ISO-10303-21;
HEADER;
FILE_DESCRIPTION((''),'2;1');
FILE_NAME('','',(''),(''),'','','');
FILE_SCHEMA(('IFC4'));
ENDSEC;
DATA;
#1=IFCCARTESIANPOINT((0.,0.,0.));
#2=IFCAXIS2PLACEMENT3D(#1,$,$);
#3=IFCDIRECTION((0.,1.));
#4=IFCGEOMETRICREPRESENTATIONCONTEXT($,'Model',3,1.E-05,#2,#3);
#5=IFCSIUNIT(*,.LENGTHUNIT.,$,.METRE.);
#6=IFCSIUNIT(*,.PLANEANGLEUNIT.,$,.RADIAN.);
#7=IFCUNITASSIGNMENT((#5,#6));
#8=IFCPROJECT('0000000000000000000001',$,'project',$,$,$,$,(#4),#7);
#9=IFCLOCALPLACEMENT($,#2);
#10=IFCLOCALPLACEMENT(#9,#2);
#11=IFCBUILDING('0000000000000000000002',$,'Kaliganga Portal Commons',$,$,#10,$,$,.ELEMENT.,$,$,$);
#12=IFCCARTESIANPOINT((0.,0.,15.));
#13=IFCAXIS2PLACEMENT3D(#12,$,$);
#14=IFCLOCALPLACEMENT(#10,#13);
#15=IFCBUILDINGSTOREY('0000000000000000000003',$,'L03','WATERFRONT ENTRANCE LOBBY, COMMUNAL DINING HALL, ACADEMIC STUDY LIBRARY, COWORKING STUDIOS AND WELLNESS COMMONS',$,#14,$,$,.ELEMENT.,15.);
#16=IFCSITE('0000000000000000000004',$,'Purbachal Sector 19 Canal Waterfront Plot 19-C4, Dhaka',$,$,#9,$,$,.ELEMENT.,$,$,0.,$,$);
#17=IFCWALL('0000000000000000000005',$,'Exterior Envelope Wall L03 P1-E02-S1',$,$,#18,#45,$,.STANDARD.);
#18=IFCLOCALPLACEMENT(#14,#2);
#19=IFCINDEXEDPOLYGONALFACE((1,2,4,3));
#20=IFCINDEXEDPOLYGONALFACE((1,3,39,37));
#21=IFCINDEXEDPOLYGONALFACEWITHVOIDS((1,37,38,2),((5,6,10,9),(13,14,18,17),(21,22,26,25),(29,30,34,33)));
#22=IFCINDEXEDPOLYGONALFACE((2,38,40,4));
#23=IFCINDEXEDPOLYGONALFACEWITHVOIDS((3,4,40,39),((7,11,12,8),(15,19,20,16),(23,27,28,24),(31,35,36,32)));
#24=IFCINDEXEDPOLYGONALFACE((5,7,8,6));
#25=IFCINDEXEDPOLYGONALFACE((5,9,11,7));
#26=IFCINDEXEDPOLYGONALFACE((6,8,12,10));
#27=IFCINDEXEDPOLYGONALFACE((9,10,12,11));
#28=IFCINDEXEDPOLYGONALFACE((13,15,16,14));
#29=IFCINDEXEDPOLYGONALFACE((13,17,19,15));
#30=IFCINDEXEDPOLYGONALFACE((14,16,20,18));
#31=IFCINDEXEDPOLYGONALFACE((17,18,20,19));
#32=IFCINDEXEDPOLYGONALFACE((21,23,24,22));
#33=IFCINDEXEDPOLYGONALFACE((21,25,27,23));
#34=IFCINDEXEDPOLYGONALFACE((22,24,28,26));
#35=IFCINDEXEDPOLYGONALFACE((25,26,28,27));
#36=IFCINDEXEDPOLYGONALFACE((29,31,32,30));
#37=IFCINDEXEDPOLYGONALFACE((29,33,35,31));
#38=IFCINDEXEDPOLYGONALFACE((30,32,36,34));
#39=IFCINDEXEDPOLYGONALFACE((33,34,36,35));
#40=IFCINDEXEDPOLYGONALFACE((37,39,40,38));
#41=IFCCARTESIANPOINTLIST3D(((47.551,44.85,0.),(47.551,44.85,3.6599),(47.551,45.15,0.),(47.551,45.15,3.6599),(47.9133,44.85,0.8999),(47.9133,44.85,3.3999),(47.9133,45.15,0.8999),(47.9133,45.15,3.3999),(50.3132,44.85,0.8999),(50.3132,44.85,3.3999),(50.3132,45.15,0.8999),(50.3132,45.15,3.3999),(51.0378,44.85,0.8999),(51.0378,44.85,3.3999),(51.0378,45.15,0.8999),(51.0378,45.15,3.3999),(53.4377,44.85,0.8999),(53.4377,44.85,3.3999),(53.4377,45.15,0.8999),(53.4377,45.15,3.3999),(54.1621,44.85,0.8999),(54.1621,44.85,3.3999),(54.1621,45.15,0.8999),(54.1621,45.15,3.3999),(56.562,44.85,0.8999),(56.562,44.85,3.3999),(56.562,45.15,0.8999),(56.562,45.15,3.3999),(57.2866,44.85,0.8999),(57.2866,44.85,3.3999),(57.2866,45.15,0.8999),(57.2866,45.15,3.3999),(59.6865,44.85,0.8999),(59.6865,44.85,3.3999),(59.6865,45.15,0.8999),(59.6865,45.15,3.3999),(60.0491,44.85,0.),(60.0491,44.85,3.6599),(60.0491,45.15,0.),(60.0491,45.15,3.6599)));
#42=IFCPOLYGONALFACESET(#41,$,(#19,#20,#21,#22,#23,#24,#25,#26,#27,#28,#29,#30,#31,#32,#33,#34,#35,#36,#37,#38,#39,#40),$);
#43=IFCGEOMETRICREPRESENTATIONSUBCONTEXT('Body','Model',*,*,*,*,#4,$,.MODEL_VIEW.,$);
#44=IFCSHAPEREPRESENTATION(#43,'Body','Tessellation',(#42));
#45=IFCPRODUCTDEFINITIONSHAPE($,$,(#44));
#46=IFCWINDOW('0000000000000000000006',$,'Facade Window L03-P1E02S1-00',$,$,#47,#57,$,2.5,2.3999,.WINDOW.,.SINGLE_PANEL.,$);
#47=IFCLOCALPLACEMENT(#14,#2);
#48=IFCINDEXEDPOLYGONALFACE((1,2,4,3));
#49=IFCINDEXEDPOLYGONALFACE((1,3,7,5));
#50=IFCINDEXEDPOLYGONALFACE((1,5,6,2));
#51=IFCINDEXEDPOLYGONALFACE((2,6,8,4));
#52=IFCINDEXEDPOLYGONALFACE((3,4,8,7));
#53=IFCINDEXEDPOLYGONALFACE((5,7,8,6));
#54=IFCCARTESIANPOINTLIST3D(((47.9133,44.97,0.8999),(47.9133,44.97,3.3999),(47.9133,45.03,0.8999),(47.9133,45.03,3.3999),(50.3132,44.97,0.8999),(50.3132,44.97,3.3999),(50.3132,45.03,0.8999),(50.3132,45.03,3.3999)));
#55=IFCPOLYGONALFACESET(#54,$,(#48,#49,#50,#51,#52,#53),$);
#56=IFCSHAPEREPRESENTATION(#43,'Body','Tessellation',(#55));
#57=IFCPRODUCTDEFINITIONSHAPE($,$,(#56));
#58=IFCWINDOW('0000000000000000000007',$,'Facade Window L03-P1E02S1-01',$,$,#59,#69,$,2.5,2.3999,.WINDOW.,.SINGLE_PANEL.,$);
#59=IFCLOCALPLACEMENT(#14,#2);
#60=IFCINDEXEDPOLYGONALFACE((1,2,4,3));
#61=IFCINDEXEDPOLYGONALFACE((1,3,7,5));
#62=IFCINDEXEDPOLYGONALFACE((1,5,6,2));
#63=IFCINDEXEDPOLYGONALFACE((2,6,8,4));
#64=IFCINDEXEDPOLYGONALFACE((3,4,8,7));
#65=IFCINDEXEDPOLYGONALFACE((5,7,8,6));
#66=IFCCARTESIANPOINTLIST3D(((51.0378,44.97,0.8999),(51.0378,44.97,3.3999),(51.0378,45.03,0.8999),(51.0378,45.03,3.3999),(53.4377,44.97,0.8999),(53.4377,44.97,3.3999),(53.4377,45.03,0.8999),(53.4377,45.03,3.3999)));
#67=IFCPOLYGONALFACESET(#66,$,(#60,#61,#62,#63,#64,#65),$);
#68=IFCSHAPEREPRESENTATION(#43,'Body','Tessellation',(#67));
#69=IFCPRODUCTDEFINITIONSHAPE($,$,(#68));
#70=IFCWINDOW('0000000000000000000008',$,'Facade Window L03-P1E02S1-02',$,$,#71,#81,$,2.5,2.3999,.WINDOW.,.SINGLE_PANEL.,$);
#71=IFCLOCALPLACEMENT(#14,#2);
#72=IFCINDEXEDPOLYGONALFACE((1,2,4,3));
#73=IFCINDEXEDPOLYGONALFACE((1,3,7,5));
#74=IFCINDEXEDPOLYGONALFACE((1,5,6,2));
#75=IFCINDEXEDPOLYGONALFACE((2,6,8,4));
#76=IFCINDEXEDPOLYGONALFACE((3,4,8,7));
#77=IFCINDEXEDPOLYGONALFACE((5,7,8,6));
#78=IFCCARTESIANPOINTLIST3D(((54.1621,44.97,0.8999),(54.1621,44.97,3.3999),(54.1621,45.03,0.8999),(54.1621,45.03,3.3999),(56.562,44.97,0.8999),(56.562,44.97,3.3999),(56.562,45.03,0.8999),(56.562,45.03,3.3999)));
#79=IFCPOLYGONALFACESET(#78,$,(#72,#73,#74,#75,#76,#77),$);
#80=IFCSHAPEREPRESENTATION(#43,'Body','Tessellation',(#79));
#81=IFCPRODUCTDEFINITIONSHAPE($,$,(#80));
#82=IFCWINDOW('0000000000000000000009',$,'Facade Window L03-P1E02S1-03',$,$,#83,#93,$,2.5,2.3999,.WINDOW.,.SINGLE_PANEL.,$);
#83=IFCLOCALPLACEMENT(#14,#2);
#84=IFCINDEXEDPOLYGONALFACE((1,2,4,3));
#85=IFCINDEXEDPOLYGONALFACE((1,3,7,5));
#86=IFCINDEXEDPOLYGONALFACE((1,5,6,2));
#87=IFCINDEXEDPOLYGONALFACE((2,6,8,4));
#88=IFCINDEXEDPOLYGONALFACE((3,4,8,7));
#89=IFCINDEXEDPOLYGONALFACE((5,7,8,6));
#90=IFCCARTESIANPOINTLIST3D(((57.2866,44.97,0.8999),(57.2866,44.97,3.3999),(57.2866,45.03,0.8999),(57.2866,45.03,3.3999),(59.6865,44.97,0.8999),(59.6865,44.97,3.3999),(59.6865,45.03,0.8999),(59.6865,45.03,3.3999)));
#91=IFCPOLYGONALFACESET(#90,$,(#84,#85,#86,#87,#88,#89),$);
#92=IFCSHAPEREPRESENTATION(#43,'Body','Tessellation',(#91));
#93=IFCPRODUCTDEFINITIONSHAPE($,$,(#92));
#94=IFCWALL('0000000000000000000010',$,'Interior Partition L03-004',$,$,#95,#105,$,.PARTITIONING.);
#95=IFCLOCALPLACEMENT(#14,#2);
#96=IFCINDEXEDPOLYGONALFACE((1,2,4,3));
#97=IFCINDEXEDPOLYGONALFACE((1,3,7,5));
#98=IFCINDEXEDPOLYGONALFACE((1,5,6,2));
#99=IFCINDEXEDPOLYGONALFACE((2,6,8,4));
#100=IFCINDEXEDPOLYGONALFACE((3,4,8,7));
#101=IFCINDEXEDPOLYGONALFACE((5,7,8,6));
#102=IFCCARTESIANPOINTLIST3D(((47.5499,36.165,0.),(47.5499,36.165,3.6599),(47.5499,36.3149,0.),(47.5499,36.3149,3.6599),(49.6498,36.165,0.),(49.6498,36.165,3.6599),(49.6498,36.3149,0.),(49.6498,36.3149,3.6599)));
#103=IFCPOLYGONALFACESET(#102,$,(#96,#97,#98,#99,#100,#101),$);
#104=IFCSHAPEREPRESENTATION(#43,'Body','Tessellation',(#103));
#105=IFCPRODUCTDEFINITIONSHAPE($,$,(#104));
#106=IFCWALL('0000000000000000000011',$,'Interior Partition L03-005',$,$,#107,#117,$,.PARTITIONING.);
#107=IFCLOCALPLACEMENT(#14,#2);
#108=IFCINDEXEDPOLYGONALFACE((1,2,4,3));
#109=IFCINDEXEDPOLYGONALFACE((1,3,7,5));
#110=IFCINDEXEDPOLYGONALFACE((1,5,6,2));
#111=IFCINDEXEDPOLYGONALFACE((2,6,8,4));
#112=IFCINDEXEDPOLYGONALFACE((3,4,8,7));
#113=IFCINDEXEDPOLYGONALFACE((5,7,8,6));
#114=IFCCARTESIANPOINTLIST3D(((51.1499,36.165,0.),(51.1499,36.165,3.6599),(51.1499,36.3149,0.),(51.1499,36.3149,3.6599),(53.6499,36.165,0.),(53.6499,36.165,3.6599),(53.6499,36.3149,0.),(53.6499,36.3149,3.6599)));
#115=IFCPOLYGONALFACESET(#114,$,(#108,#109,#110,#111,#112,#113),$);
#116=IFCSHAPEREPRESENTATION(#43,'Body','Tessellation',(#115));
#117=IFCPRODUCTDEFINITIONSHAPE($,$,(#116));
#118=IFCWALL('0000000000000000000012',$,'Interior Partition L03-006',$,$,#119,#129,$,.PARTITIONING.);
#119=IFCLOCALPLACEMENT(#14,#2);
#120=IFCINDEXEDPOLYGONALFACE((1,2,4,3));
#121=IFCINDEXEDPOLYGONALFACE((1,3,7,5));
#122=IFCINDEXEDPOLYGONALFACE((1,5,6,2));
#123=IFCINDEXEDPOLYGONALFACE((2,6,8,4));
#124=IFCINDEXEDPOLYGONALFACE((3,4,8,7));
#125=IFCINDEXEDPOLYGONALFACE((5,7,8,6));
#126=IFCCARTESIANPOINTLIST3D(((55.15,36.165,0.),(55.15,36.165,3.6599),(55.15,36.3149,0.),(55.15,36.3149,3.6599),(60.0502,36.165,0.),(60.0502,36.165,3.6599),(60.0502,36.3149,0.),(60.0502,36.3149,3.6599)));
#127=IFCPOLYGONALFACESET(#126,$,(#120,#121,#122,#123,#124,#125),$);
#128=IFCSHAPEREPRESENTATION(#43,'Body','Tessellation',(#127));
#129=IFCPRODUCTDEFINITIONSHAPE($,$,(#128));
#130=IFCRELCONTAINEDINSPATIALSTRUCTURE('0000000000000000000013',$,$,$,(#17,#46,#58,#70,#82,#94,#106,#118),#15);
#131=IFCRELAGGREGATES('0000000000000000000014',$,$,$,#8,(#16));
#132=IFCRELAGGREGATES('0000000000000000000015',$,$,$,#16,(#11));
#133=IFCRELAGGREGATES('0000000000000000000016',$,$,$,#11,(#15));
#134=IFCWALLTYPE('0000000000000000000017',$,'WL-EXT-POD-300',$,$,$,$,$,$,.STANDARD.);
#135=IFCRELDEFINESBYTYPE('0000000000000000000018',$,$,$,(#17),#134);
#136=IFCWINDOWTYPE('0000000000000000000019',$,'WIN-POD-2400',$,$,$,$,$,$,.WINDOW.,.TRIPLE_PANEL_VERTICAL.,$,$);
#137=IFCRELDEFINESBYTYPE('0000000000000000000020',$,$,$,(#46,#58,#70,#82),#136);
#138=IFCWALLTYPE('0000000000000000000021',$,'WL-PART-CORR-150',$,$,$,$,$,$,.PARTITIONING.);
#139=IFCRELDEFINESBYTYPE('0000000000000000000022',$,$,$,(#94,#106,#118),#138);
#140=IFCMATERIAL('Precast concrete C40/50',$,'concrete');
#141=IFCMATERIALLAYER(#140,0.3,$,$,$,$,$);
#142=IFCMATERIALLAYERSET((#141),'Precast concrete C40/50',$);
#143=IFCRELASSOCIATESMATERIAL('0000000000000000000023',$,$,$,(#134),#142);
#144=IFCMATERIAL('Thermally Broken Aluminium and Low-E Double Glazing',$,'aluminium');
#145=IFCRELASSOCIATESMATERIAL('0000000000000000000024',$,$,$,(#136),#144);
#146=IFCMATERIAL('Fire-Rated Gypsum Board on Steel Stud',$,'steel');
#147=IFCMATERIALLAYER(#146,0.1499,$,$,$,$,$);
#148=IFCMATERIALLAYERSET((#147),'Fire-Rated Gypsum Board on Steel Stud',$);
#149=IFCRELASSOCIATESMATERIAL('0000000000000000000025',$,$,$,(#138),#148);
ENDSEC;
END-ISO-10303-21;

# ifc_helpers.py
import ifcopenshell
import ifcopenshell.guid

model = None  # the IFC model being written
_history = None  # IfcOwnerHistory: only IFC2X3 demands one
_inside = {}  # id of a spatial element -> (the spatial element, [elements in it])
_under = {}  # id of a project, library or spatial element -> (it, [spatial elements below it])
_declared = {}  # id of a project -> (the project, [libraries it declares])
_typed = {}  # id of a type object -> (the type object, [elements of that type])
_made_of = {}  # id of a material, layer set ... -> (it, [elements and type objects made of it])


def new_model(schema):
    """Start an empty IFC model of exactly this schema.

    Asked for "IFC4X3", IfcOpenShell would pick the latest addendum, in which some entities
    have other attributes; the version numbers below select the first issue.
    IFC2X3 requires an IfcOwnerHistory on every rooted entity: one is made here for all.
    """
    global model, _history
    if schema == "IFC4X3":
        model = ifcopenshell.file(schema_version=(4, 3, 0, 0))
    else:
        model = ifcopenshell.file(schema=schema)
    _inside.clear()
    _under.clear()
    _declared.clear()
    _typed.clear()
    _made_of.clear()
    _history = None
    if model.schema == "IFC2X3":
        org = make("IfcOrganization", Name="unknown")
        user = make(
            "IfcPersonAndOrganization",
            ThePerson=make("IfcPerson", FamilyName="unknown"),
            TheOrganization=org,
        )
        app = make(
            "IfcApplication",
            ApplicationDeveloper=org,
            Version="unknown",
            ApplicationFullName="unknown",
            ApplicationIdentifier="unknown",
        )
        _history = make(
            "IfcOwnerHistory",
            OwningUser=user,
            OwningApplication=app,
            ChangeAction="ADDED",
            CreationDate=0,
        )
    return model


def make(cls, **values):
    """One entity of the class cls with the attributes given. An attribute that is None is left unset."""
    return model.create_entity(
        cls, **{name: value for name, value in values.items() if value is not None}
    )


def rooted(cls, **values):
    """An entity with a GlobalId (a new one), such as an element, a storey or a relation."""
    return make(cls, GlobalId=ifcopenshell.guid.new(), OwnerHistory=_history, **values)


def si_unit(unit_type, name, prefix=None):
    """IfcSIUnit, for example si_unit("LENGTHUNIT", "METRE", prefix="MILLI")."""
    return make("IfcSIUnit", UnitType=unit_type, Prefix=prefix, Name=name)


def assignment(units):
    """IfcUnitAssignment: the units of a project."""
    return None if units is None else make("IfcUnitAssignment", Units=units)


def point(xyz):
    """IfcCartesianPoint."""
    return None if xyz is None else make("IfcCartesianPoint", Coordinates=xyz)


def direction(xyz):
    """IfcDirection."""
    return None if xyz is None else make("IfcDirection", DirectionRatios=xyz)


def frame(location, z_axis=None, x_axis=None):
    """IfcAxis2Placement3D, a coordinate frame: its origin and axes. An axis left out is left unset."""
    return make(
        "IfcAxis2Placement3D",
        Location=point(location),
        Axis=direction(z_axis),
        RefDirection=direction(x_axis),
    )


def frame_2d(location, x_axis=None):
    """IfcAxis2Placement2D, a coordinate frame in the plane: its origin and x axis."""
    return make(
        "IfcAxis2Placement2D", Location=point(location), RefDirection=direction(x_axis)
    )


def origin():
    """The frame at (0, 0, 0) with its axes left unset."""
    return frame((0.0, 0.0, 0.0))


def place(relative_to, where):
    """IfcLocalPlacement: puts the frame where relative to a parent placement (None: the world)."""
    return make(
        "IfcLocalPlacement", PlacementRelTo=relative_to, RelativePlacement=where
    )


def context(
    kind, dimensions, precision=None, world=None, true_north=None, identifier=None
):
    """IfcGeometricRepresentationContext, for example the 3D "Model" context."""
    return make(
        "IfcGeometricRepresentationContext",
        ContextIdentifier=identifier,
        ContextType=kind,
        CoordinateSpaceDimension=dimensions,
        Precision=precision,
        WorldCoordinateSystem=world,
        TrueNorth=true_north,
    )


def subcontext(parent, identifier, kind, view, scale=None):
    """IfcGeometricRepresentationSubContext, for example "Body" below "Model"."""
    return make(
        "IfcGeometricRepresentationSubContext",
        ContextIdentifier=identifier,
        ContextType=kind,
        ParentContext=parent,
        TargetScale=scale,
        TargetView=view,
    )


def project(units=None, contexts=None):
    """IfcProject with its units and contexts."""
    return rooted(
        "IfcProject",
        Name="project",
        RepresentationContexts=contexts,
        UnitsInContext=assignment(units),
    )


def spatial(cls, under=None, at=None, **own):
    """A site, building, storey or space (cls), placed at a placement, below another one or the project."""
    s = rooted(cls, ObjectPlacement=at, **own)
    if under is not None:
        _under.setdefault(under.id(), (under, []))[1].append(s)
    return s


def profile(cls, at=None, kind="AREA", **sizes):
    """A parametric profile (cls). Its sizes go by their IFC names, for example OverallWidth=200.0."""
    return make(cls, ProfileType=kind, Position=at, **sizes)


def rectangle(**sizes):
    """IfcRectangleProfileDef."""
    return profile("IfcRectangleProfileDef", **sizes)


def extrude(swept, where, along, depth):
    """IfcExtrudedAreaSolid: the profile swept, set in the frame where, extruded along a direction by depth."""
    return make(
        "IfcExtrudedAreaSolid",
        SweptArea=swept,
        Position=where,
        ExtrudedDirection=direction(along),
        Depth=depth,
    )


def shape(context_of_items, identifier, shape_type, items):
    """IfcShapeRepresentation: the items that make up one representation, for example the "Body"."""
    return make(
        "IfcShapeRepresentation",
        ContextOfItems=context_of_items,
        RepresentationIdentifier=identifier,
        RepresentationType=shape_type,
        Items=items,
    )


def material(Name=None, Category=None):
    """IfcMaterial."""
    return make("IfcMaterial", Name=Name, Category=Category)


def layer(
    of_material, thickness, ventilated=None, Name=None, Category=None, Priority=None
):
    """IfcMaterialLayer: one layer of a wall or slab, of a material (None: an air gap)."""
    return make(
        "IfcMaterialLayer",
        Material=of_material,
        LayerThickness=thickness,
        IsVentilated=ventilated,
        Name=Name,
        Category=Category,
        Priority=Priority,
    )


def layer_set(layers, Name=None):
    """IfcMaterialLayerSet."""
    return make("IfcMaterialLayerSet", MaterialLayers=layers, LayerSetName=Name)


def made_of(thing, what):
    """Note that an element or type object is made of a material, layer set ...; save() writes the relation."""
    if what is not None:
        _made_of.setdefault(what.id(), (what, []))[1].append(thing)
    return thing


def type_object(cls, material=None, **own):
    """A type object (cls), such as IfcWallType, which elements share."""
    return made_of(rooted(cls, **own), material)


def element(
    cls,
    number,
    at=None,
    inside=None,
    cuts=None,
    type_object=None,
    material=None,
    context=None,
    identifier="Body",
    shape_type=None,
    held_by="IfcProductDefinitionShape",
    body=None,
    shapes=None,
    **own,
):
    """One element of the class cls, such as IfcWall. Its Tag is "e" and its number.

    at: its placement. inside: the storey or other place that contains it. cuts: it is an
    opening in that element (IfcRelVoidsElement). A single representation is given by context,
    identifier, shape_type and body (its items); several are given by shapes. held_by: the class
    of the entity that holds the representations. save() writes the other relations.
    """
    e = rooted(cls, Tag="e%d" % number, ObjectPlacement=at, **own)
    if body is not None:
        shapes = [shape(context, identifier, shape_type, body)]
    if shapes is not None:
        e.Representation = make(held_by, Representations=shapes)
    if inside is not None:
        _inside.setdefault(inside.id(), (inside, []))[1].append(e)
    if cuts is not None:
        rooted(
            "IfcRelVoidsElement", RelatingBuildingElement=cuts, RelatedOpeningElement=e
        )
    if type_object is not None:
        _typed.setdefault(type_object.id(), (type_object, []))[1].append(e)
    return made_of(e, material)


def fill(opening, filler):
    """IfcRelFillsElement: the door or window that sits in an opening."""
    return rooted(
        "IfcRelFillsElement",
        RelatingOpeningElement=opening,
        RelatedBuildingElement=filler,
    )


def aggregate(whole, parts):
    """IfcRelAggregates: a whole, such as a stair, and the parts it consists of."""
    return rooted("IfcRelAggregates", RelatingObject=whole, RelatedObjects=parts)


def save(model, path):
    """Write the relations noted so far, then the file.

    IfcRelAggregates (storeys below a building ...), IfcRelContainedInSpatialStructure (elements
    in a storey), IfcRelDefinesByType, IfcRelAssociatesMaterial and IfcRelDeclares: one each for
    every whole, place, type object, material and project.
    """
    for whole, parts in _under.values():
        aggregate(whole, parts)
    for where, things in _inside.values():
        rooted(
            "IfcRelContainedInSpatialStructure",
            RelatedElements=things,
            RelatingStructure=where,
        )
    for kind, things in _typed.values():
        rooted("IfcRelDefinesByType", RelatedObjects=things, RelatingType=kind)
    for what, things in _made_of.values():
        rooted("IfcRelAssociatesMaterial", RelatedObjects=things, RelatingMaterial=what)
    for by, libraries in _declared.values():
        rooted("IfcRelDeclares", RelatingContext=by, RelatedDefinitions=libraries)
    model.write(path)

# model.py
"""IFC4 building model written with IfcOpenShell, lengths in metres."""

from ifc_helpers import new_model, si_unit, direction, frame, frame_2d, origin, place, context, subcontext, project, spatial, rectangle, extrude, material, layer, layer_set, type_object, element, fill, save


model = new_model("IFC4")

# Units and contexts
model_context = context("Model", 3, precision=1e-05, world=origin(), true_north=direction((0.0, 1.0)))
body_context = subcontext(model_context, "Body", "Model", "MODEL_VIEW")
ifc_project = project(units=[si_unit("LENGTHUNIT", "METRE"), si_unit("PLANEANGLEUNIT", "RADIAN")], contexts=[model_context])

# Site, building, storey
site_placement = place(None, origin())
site = spatial("IfcSite", under=ifc_project, at=site_placement, Name="Purbachal Sector 19 Canal Waterfront Plot 19-C4, Dhaka", CompositionType="ELEMENT", RefElevation=0.0)
building_placement = place(site_placement, origin())
building = spatial("IfcBuilding", under=site, at=building_placement, Name="Kaliganga Portal Commons", CompositionType="ELEMENT")
storey_placement = place(building_placement, frame((0.0, 0.0, 15.0)))
storey = spatial("IfcBuildingStorey", under=building, at=storey_placement, Name="L03", Description="WATERFRONT ENTRANCE LOBBY, COMMUNAL DINING HALL, ACADEMIC STUDY LIBRARY, COWORKING STUDIOS AND WELLNESS COMMONS", CompositionType="ELEMENT", Elevation=15.0)

# Wall, openings, windows
ifc_material_1 = material(Name="Precast concrete C40/50", Category="concrete")
ifc_layer_1 = layer(ifc_material_1, 0.3)
ifc_layer_set_1 = layer_set([ifc_layer_1], Name="Precast concrete C40/50")
wall_type_1 = type_object("IfcWallType", Name="WL-EXT-POD-300", PredefinedType="STANDARD", material=ifc_layer_set_1)
ifc_material_2 = material(Name="Thermally Broken Aluminium and Low-E Double Glazing", Category="aluminium")
window_type_1 = type_object("IfcWindowType", Name="WIN-POD-2400", PartitioningType="TRIPLE_PANEL_VERTICAL", PredefinedType="WINDOW", material=ifc_material_2)
wall_1_placement = place(storey_placement, frame((47.551, 45.0, 0.0), z_axis=(0.0, 0.0, 1.0), x_axis=(1.0, 0.0, 0.0)))
wall_1 = element("IfcWall", 1, at=wall_1_placement, inside=storey, type_object=wall_type_1, Name="Exterior Envelope Wall L03 P1-E02-S1", PredefinedType="STANDARD", context=body_context, shape_type="SweptSolid", body=[
    extrude(rectangle(XDim=12.498, YDim=0.3, at=frame_2d((6.249, 0.0))), origin(), (0.0, 0.0, 1.0), 3.6599),
])
opening_1_placement = place(wall_1_placement, frame((0.3623, 0.0, 0.8999)))
opening_1 = element("IfcOpeningElement", 2, at=opening_1_placement, cuts=wall_1, PredefinedType="OPENING", context=body_context, shape_type="SweptSolid", body=[
    extrude(rectangle(XDim=2.3999, YDim=2.5, at=frame_2d((1.2, 1.25))), frame((0.0, 0.1602, 0.0), z_axis=(0.0, -1.0, 0.0), x_axis=(1.0, 0.0, 0.0)), (0.0, 0.0, 1.0), 0.3201),
])
opening_2_placement = place(wall_1_placement, frame((3.4868, 0.0, 0.8999)))
opening_2 = element("IfcOpeningElement", 3, at=opening_2_placement, cuts=wall_1, PredefinedType="OPENING", context=body_context, shape_type="SweptSolid", body=[
    extrude(rectangle(XDim=2.3999, YDim=2.5, at=frame_2d((1.2, 1.25))), frame((0.0, 0.1602, 0.0), z_axis=(0.0, -1.0, 0.0), x_axis=(1.0, 0.0, 0.0)), (0.0, 0.0, 1.0), 0.3201),
])
opening_3_placement = place(wall_1_placement, frame((6.6111, 0.0, 0.8999)))
opening_3 = element("IfcOpeningElement", 4, at=opening_3_placement, cuts=wall_1, PredefinedType="OPENING", context=body_context, shape_type="SweptSolid", body=[
    extrude(rectangle(XDim=2.3999, YDim=2.5, at=frame_2d((1.2, 1.25))), frame((0.0, 0.1602, 0.0), z_axis=(0.0, -1.0, 0.0), x_axis=(1.0, 0.0, 0.0)), (0.0, 0.0, 1.0), 0.3201),
])
opening_4_placement = place(wall_1_placement, frame((9.7356, 0.0, 0.8999)))
opening_4 = element("IfcOpeningElement", 5, at=opening_4_placement, cuts=wall_1, PredefinedType="OPENING", context=body_context, shape_type="SweptSolid", body=[
    extrude(rectangle(XDim=2.3999, YDim=2.5, at=frame_2d((1.2, 1.25))), frame((0.0, 0.1602, 0.0), z_axis=(0.0, -1.0, 0.0), x_axis=(1.0, 0.0, 0.0)), (0.0, 0.0, 1.0), 0.3201),
])
window_1_placement = place(opening_1_placement, origin())
window_1 = element("IfcWindow", 6, at=window_1_placement, inside=storey, type_object=window_type_1, Name="Facade Window L03-P1E02S1-00", OverallHeight=2.5, OverallWidth=2.3999, PartitioningType="SINGLE_PANEL", PredefinedType="WINDOW", context=body_context, shape_type="SweptSolid", body=[
    extrude(rectangle(XDim=2.3999, YDim=2.5, at=frame_2d((1.2, 1.25))), frame((0.0, 0.03, 0.0), z_axis=(0.0, -1.0, 0.0), x_axis=(1.0, 0.0, 0.0)), (0.0, 0.0, 1.0), 0.0601),
])
fill(opening_1, window_1)
window_2_placement = place(opening_2_placement, origin())
window_2 = element("IfcWindow", 7, at=window_2_placement, inside=storey, type_object=window_type_1, Name="Facade Window L03-P1E02S1-01", OverallHeight=2.5, OverallWidth=2.3999, PartitioningType="SINGLE_PANEL", PredefinedType="WINDOW", context=body_context, shape_type="SweptSolid", body=[
    extrude(rectangle(XDim=2.3999, YDim=2.5, at=frame_2d((1.2, 1.25))), frame((0.0, 0.03, 0.0), z_axis=(0.0, -1.0, 0.0), x_axis=(1.0, 0.0, 0.0)), (0.0, 0.0, 1.0), 0.0601),
])
fill(opening_2, window_2)
window_3_placement = place(opening_3_placement, origin())
window_3 = element("IfcWindow", 8, at=window_3_placement, inside=storey, type_object=window_type_1, Name="Facade Window L03-P1E02S1-02", OverallHeight=2.5, OverallWidth=2.3999, PartitioningType="SINGLE_PANEL", PredefinedType="WINDOW", context=body_context, shape_type="SweptSolid", body=[
    extrude(rectangle(XDim=2.3999, YDim=2.5, at=frame_2d((1.2, 1.25))), frame((0.0, 0.03, 0.0), z_axis=(0.0, -1.0, 0.0), x_axis=(1.0, 0.0, 0.0)), (0.0, 0.0, 1.0), 0.0601),
])
fill(opening_3, window_3)
window_4_placement = place(opening_4_placement, origin())
window_4 = element("IfcWindow", 9, at=window_4_placement, inside=storey, type_object=window_type_1, Name="Facade Window L03-P1E02S1-03", OverallHeight=2.5, OverallWidth=2.3999, PartitioningType="SINGLE_PANEL", PredefinedType="WINDOW", context=body_context, shape_type="SweptSolid", body=[
    extrude(rectangle(XDim=2.3999, YDim=2.5, at=frame_2d((1.2, 1.25))), frame((0.0, 0.03, 0.0), z_axis=(0.0, -1.0, 0.0), x_axis=(1.0, 0.0, 0.0)), (0.0, 0.0, 1.0), 0.0601),
])
fill(opening_4, window_4)

# Walls
ifc_material_3 = material(Name="Fire-Rated Gypsum Board on Steel Stud", Category="steel")
ifc_layer_2 = layer(ifc_material_3, 0.1499)
ifc_layer_set_2 = layer_set([ifc_layer_2], Name="Fire-Rated Gypsum Board on Steel Stud")
wall_type_2 = type_object("IfcWallType", Name="WL-PART-CORR-150", PredefinedType="PARTITIONING", material=ifc_layer_set_2)
wall_2_placement = place(storey_placement, frame((47.55, 36.24, 0.0), z_axis=(0.0, 0.0, 1.0), x_axis=(1.0, 0.0, 0.0)))
element("IfcWall", 10, at=wall_2_placement, inside=storey, type_object=wall_type_2, Name="Interior Partition L03-004", PredefinedType="PARTITIONING", context=body_context, shape_type="SweptSolid", body=[
    extrude(rectangle(XDim=2.0999, YDim=0.1499, at=frame_2d((1.0498, 0.0))), origin(), (0.0, 0.0, 1.0), 3.6599),
])
wall_3_placement = place(storey_placement, frame((51.1499, 36.24, 0.0), z_axis=(0.0, 0.0, 1.0), x_axis=(1.0, 0.0, 0.0)))
element("IfcWall", 11, at=wall_3_placement, inside=storey, type_object=wall_type_2, Name="Interior Partition L03-005", PredefinedType="PARTITIONING", context=body_context, shape_type="SweptSolid", body=[
    extrude(rectangle(XDim=2.5, YDim=0.1499, at=frame_2d((1.25, 0.0))), origin(), (0.0, 0.0, 1.0), 3.6599),
])
wall_4_placement = place(storey_placement, frame((55.1499, 36.24, 0.0), z_axis=(0.0, 0.0, 1.0), x_axis=(1.0, 0.0, 0.0)))
element("IfcWall", 12, at=wall_4_placement, inside=storey, type_object=wall_type_2, Name="Interior Partition L03-006", PredefinedType="PARTITIONING", context=body_context, shape_type="SweptSolid", body=[
    extrude(rectangle(XDim=4.9001, YDim=0.1499, at=frame_2d((2.4502, 0.0))), origin(), (0.0, 0.0, 1.0), 3.6599),
])

save(model, "model.ifc")
